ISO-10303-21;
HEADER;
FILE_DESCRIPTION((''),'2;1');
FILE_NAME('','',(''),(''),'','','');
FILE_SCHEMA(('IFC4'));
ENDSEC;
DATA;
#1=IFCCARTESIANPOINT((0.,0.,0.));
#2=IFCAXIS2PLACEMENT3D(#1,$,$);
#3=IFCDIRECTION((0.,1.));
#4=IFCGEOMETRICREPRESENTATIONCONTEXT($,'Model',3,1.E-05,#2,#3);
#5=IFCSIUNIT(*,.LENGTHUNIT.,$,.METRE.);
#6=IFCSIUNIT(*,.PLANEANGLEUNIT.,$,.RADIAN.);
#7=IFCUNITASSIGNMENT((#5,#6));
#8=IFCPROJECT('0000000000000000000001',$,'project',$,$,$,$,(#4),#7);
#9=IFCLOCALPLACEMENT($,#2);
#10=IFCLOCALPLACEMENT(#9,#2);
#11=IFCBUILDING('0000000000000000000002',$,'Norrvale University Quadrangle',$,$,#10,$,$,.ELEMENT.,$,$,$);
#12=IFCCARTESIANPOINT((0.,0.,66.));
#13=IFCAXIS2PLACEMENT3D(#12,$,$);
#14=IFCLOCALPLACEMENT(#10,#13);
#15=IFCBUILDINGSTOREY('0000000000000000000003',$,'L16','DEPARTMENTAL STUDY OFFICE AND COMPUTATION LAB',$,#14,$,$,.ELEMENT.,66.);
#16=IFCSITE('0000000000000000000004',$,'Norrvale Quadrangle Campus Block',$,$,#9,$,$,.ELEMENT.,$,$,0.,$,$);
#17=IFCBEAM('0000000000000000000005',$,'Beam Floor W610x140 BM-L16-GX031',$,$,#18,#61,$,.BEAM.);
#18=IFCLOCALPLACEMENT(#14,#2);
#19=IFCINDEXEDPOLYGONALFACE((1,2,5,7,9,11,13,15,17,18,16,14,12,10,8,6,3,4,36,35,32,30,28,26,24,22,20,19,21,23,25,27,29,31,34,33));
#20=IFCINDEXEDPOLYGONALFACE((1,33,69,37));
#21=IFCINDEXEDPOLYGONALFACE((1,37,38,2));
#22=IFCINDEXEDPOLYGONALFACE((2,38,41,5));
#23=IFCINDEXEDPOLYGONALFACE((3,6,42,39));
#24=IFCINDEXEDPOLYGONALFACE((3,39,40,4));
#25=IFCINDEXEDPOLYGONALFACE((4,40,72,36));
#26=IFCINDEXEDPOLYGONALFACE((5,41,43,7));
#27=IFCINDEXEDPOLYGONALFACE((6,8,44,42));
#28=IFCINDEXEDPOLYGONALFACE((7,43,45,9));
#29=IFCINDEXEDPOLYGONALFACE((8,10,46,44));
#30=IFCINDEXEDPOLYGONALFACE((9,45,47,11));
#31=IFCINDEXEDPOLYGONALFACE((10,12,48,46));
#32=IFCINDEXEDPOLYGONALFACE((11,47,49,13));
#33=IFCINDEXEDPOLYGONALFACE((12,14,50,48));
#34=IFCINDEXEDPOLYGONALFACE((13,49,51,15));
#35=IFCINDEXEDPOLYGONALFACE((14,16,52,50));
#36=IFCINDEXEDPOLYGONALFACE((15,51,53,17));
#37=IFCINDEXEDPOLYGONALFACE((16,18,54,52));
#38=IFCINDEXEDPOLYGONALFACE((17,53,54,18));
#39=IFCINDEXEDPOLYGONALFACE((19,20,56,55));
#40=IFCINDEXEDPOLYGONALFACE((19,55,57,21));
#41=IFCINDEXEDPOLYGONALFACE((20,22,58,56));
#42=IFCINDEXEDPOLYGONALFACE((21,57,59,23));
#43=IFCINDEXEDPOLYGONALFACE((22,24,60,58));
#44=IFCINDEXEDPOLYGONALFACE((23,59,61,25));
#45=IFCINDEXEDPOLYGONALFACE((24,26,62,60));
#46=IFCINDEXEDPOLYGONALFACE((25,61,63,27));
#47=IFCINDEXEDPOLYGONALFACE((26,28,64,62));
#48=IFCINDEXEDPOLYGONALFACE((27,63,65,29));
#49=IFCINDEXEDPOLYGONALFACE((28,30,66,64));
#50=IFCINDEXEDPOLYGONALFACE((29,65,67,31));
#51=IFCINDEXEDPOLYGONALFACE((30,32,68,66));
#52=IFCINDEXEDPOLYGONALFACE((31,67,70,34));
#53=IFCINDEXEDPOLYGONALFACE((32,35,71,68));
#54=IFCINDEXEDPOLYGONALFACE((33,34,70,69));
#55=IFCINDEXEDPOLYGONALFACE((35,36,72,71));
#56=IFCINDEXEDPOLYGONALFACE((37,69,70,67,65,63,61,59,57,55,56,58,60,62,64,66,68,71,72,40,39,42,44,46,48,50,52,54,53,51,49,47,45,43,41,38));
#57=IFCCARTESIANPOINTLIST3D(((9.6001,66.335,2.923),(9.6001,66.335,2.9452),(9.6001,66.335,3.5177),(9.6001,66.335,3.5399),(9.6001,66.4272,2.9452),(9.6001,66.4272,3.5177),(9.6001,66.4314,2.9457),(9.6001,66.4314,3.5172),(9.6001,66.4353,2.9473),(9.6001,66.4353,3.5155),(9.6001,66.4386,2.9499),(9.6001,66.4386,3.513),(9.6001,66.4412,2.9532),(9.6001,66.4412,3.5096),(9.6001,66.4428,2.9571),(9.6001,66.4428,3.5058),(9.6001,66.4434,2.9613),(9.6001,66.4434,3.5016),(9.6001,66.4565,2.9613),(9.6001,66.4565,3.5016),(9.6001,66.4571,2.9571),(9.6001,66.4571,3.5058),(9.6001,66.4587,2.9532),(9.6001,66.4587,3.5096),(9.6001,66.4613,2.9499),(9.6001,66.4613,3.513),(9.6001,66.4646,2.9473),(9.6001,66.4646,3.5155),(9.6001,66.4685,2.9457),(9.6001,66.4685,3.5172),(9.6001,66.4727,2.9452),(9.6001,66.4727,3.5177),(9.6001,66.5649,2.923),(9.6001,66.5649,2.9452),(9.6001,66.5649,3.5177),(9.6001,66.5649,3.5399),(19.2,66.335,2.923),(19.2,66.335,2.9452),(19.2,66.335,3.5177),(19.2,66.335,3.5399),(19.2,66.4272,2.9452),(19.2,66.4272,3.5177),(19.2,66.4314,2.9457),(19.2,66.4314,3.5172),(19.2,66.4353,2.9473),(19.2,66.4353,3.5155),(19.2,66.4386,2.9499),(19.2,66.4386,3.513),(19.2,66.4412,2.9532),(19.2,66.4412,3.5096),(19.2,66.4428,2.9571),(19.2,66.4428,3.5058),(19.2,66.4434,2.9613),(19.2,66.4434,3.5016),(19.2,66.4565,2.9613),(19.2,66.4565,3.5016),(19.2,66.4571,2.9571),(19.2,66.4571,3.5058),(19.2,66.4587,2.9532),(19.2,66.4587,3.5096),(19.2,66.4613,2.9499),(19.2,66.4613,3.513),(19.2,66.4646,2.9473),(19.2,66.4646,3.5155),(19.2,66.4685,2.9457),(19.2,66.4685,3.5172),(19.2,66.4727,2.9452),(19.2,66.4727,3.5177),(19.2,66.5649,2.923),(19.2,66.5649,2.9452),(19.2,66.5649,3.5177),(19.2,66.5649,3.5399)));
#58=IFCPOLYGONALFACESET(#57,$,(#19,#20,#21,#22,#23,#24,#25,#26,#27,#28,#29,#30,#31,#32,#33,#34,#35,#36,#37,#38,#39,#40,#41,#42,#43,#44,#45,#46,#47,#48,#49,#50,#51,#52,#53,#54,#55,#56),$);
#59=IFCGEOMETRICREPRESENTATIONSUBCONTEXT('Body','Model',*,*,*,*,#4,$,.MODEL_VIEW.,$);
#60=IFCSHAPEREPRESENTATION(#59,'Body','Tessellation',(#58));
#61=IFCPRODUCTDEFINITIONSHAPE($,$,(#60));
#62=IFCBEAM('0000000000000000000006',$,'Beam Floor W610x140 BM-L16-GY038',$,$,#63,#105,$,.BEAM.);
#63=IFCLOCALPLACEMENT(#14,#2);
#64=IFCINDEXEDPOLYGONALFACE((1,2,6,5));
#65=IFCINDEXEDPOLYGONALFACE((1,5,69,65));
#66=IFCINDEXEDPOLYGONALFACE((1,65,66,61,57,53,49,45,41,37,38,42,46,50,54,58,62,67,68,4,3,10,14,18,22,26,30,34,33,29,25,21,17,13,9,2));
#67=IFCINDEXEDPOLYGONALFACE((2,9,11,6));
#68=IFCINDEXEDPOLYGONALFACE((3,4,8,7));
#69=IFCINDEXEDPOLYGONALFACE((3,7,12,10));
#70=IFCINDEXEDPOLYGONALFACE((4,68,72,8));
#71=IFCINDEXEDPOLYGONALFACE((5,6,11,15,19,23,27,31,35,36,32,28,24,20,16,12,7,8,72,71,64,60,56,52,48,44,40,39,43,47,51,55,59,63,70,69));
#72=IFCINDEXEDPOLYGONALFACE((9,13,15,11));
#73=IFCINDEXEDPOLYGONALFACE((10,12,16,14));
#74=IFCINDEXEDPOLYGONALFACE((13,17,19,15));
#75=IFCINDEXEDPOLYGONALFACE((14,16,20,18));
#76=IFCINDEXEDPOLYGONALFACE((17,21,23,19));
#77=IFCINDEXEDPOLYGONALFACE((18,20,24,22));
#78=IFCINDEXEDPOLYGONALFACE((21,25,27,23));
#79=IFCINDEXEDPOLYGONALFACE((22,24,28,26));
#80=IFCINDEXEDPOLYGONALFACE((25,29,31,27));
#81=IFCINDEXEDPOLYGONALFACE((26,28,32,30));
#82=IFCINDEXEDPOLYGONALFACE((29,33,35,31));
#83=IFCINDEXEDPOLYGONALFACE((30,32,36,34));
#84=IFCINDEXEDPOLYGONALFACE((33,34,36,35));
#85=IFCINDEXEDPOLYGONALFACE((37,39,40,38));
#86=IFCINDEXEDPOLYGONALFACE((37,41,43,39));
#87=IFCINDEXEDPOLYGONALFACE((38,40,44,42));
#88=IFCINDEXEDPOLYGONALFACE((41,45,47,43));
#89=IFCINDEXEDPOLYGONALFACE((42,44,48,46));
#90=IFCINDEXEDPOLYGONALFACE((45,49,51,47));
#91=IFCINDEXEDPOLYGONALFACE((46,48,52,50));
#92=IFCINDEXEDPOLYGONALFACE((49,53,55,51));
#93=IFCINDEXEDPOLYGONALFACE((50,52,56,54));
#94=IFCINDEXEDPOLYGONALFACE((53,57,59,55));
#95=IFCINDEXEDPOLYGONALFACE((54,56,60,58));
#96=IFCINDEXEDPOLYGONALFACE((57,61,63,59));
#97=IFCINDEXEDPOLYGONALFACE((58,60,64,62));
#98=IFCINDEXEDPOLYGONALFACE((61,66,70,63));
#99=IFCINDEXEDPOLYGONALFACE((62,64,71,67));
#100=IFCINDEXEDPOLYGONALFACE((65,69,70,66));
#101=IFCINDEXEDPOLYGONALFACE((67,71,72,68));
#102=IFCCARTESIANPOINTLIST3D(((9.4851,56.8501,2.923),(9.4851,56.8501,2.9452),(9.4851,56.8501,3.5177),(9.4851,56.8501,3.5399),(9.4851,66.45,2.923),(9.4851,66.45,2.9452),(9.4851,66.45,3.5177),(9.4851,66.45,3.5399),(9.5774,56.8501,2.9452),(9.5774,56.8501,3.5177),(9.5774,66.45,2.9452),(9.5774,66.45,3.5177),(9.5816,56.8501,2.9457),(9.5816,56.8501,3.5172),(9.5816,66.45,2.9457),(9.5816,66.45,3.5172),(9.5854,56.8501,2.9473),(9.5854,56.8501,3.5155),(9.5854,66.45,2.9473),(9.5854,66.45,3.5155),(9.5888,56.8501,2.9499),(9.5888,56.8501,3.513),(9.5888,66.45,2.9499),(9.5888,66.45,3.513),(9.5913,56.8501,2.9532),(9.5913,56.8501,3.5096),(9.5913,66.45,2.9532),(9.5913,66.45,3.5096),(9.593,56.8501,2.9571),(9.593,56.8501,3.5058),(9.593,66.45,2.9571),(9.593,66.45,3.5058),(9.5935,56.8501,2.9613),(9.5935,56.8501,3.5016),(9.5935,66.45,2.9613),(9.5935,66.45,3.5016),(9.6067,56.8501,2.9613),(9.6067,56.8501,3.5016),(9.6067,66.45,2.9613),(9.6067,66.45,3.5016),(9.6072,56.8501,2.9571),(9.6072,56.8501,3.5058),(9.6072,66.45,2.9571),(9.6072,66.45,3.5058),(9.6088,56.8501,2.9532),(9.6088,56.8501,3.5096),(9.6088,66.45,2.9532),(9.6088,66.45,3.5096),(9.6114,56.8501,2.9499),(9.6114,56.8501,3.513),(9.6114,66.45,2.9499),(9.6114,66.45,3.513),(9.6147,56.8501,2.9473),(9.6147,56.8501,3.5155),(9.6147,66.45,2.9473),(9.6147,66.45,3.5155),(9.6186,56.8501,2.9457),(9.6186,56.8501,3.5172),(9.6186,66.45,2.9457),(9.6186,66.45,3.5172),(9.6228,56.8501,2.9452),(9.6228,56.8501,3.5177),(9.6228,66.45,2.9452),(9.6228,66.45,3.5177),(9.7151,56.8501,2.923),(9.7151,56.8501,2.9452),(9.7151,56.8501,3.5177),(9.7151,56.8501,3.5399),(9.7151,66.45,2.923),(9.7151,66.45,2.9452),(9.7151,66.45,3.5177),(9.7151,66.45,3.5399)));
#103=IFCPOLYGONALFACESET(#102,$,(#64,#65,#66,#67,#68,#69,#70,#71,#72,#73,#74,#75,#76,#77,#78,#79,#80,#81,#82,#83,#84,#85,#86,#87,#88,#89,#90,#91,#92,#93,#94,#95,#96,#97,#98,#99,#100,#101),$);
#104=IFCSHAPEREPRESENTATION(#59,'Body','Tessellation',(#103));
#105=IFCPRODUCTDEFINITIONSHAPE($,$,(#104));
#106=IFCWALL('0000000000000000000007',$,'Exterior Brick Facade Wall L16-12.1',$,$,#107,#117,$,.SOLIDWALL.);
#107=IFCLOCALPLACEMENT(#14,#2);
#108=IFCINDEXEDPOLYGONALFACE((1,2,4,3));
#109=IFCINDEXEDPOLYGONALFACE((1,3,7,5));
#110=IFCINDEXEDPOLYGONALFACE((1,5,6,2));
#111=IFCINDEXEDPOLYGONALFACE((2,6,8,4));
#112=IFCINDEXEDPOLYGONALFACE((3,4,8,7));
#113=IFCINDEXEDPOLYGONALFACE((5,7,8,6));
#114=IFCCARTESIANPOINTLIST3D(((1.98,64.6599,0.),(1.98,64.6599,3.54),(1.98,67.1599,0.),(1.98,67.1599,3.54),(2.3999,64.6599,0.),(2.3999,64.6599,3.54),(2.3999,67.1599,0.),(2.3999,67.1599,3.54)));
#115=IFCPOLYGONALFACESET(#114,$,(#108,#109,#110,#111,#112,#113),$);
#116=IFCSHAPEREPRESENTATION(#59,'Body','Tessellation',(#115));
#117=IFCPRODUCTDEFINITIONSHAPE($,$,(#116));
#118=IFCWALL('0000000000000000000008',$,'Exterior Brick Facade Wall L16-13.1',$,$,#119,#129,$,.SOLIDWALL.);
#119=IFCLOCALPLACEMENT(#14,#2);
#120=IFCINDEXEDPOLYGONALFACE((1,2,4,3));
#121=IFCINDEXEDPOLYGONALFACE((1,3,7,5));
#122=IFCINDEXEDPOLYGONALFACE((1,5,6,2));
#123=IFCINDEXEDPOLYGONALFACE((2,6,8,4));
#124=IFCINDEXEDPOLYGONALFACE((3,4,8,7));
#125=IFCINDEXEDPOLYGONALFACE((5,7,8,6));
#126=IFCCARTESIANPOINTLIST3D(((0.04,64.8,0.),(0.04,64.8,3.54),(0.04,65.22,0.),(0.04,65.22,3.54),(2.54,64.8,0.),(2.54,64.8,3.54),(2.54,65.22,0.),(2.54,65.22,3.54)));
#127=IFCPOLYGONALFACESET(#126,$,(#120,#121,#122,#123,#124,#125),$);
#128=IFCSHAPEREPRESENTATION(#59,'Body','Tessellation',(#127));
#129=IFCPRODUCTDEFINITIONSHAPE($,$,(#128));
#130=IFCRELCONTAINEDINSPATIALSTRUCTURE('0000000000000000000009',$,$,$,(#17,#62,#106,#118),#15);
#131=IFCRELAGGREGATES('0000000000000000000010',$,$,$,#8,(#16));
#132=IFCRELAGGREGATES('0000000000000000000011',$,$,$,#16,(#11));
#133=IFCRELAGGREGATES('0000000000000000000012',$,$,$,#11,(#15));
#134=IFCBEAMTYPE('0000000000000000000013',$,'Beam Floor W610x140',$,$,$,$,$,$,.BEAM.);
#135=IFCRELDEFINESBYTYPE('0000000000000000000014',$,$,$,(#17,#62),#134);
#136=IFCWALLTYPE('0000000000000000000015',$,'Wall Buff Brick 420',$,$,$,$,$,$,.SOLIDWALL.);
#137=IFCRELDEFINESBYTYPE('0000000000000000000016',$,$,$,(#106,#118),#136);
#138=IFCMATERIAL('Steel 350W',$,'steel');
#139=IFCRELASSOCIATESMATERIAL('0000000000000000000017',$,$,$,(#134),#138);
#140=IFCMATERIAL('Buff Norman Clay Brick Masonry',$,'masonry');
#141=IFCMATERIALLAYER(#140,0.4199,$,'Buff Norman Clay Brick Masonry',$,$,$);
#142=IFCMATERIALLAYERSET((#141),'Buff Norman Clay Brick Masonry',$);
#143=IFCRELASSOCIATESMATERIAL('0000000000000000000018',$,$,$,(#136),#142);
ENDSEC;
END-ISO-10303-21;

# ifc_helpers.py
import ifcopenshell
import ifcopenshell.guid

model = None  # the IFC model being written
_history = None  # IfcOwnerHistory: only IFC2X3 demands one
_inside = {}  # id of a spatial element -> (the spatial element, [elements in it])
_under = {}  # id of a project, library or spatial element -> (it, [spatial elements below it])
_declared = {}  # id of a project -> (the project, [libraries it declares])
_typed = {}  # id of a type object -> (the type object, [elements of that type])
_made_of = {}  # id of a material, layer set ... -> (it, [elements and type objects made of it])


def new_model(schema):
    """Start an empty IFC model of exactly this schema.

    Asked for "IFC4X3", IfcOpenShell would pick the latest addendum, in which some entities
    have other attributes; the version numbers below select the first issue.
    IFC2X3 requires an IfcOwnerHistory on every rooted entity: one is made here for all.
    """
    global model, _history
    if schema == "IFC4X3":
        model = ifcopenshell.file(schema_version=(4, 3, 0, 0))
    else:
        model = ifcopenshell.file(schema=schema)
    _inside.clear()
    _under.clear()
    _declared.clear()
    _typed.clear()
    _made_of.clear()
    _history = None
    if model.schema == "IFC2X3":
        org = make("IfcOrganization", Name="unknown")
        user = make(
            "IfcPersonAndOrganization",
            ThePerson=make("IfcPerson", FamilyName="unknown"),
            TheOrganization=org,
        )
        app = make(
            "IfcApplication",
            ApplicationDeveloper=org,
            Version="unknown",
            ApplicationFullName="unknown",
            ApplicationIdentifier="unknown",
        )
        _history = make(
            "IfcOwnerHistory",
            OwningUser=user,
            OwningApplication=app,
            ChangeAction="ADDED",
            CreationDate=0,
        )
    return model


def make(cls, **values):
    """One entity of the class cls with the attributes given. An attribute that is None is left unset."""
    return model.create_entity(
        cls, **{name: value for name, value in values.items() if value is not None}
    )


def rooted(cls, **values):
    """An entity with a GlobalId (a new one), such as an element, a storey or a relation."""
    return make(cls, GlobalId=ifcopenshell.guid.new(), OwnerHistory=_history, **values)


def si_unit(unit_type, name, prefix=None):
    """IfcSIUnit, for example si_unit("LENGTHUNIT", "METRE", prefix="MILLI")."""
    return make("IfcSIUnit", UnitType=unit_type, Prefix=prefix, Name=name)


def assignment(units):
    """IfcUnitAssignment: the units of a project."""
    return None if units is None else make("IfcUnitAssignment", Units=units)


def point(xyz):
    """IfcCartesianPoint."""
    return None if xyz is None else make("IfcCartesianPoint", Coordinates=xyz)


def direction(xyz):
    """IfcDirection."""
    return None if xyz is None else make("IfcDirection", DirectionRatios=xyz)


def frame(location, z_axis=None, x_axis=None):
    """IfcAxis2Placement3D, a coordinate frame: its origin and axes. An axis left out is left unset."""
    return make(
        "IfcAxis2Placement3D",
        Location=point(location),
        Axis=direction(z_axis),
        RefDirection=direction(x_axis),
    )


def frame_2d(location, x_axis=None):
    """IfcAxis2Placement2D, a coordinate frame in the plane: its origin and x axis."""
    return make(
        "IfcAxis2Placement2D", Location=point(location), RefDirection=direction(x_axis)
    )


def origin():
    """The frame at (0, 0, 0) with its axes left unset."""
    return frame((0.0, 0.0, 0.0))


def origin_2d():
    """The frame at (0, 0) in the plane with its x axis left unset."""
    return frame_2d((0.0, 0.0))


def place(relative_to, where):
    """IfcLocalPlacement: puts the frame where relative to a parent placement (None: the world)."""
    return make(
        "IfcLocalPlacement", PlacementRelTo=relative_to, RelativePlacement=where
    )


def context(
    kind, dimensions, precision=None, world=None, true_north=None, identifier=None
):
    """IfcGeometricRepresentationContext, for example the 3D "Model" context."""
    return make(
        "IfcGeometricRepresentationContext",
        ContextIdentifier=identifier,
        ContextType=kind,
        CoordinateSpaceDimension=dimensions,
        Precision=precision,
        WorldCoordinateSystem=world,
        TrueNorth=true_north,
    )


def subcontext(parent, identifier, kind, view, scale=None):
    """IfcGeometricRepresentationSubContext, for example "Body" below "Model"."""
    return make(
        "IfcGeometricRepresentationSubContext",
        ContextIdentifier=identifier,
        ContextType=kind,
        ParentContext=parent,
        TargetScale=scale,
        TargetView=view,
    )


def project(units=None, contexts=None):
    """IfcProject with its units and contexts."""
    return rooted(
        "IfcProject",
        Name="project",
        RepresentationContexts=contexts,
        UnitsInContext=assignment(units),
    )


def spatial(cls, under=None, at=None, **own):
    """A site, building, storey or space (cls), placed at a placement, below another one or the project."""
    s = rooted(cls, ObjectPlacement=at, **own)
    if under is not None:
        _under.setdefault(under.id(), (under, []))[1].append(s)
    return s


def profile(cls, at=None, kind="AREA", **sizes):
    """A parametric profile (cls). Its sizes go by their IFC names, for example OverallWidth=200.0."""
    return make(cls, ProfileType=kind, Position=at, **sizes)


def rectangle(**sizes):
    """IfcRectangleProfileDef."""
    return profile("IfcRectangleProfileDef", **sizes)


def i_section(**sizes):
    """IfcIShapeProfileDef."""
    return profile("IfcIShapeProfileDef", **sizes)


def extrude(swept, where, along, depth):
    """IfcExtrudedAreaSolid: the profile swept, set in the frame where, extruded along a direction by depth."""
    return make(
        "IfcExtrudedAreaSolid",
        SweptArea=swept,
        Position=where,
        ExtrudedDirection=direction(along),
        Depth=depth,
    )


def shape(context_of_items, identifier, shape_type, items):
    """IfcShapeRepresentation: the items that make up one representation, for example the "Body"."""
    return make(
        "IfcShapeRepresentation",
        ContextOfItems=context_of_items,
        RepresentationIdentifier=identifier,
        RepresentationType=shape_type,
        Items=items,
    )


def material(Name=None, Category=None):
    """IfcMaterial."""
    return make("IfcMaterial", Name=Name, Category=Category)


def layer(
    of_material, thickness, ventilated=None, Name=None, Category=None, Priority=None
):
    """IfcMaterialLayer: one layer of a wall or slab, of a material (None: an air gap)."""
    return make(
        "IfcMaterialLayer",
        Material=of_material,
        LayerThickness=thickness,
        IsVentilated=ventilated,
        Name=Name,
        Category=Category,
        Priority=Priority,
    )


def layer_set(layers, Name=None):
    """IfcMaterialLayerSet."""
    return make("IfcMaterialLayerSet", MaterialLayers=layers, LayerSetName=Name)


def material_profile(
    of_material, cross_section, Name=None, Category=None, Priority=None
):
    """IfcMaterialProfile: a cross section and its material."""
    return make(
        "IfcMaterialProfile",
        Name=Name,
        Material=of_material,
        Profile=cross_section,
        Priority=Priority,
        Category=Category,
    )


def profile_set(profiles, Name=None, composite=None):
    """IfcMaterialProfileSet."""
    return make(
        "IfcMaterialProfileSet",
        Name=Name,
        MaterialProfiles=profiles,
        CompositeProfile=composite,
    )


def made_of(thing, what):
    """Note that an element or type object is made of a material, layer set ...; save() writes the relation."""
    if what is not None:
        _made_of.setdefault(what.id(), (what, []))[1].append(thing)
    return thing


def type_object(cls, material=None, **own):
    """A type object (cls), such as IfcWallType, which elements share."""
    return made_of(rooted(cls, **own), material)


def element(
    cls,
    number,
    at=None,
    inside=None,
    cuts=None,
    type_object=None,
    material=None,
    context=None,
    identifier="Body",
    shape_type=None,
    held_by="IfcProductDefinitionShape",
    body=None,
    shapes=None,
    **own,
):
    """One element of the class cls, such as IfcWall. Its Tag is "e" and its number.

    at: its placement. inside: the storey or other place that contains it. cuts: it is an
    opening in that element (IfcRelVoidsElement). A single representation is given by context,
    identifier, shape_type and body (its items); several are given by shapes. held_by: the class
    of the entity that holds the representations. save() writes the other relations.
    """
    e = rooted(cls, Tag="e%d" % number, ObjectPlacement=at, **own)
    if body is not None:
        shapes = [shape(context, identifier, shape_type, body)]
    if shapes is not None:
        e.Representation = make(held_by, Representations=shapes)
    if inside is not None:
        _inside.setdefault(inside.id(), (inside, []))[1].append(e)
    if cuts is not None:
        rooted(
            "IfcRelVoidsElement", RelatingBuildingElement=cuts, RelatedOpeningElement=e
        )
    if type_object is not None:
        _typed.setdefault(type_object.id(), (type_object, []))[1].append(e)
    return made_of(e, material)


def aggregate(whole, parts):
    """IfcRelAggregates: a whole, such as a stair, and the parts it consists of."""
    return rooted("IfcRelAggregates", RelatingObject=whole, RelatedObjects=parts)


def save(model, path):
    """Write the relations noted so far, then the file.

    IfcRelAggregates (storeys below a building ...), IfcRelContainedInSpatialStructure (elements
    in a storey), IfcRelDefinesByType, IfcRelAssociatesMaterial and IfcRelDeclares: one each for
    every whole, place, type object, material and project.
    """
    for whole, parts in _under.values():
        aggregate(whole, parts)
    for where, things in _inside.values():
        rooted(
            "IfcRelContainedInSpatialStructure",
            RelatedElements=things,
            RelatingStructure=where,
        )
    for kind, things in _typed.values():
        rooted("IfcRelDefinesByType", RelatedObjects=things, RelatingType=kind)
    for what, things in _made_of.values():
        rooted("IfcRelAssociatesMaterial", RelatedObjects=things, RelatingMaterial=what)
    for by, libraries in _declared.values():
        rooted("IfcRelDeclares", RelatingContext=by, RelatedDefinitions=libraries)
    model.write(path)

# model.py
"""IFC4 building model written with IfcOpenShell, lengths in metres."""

from ifc_helpers import new_model, si_unit, direction, frame, frame_2d, origin, origin_2d, place, context, subcontext, project, spatial, rectangle, i_section, extrude, material, layer, layer_set, material_profile, profile_set, type_object, element, save


model = new_model("IFC4")

# Units and contexts
model_context = context("Model", 3, precision=1e-05, world=origin(), true_north=direction((0.0, 1.0)))
body_context = subcontext(model_context, "Body", "Model", "MODEL_VIEW")
ifc_project = project(units=[si_unit("LENGTHUNIT", "METRE"), si_unit("PLANEANGLEUNIT", "RADIAN")], contexts=[model_context])

# Site, building, storey
site_placement = place(None, origin())
site = spatial("IfcSite", under=ifc_project, at=site_placement, Name="Norrvale Quadrangle Campus Block", CompositionType="ELEMENT", RefElevation=0.0)
building_placement = place(site_placement, origin())
building = spatial("IfcBuilding", under=site, at=building_placement, Name="Norrvale University Quadrangle", CompositionType="ELEMENT")
storey_placement = place(building_placement, frame((0.0, 0.0, 66.0)))
storey = spatial("IfcBuildingStorey", under=building, at=storey_placement, Name="L16", Description="DEPARTMENTAL STUDY OFFICE AND COMPUTATION LAB", CompositionType="ELEMENT", Elevation=66.0)

# Beams
ifc_material_1 = material(Name="Steel 350W", Category="steel")
ifc_material_profile_1 = material_profile(ifc_material_1, i_section(OverallWidth=0.23, OverallDepth=0.6169, WebThickness=0.0132, FlangeThickness=0.0222, FilletRadius=0.0161, at=origin_2d()), Name="Steel 350W")
ifc_profile_set_1 = profile_set([ifc_material_profile_1], Name="Steel 350W")
beam_type_1 = type_object("IfcBeamType", Name="Beam Floor W610x140", PredefinedType="BEAM", material=ifc_profile_set_1)
for number, where, z_axis, x_axis, name in (
    (1, (9.6001, 66.45, 3.2314), (1.0, 0.0, 0.0), (0.0, 1.0, 0.0), "Beam Floor W610x140 BM-L16-GX031"),
    (2, (9.6001, 56.8501, 3.2314), (0.0, 1.0, 0.0), (-1.0, 0.0, 0.0), "Beam Floor W610x140 BM-L16-GY038"),
):
    element("IfcBeam", number, at=place(storey_placement, frame(where, z_axis=z_axis, x_axis=x_axis)), inside=storey, type_object=beam_type_1, Name=name, PredefinedType="BEAM", context=body_context, shape_type="SweptSolid", body=[
        extrude(i_section(OverallWidth=0.23, OverallDepth=0.6169, WebThickness=0.0132, FlangeThickness=0.0222, FilletRadius=0.0161, at=origin_2d()), origin(), (0.0, 0.0, 1.0), 9.5999),
    ])

# Walls
ifc_material_2 = material(Name="Buff Norman Clay Brick Masonry", Category="masonry")
ifc_layer = layer(ifc_material_2, 0.4199, Name="Buff Norman Clay Brick Masonry")
ifc_layer_set = layer_set([ifc_layer], Name="Buff Norman Clay Brick Masonry")
wall_type = type_object("IfcWallType", Name="Wall Buff Brick 420", PredefinedType="SOLIDWALL", material=ifc_layer_set)
for number, where, z_axis, x_axis, name in (
    (3, (2.1899, 67.1599, 0.0), (0.0, 0.0, 1.0), (0.0, -1.0, 0.0), "Exterior Brick Facade Wall L16-12.1"),
    (4, (2.54, 65.01, 0.0), (0.0, 0.0, 1.0), (-1.0, 0.0, 0.0), "Exterior Brick Facade Wall L16-13.1"),
):
    element("IfcWall", number, at=place(storey_placement, frame(where, z_axis=z_axis, x_axis=x_axis)), inside=storey, type_object=wall_type, Name=name, PredefinedType="SOLIDWALL", context=body_context, shape_type="SweptSolid", body=[
        extrude(rectangle(XDim=2.5, YDim=0.4199, at=frame_2d((1.25, 0.0))), origin(), (0.0, 0.0, 1.0), 3.54),
    ])

save(model, "model.ifc")
